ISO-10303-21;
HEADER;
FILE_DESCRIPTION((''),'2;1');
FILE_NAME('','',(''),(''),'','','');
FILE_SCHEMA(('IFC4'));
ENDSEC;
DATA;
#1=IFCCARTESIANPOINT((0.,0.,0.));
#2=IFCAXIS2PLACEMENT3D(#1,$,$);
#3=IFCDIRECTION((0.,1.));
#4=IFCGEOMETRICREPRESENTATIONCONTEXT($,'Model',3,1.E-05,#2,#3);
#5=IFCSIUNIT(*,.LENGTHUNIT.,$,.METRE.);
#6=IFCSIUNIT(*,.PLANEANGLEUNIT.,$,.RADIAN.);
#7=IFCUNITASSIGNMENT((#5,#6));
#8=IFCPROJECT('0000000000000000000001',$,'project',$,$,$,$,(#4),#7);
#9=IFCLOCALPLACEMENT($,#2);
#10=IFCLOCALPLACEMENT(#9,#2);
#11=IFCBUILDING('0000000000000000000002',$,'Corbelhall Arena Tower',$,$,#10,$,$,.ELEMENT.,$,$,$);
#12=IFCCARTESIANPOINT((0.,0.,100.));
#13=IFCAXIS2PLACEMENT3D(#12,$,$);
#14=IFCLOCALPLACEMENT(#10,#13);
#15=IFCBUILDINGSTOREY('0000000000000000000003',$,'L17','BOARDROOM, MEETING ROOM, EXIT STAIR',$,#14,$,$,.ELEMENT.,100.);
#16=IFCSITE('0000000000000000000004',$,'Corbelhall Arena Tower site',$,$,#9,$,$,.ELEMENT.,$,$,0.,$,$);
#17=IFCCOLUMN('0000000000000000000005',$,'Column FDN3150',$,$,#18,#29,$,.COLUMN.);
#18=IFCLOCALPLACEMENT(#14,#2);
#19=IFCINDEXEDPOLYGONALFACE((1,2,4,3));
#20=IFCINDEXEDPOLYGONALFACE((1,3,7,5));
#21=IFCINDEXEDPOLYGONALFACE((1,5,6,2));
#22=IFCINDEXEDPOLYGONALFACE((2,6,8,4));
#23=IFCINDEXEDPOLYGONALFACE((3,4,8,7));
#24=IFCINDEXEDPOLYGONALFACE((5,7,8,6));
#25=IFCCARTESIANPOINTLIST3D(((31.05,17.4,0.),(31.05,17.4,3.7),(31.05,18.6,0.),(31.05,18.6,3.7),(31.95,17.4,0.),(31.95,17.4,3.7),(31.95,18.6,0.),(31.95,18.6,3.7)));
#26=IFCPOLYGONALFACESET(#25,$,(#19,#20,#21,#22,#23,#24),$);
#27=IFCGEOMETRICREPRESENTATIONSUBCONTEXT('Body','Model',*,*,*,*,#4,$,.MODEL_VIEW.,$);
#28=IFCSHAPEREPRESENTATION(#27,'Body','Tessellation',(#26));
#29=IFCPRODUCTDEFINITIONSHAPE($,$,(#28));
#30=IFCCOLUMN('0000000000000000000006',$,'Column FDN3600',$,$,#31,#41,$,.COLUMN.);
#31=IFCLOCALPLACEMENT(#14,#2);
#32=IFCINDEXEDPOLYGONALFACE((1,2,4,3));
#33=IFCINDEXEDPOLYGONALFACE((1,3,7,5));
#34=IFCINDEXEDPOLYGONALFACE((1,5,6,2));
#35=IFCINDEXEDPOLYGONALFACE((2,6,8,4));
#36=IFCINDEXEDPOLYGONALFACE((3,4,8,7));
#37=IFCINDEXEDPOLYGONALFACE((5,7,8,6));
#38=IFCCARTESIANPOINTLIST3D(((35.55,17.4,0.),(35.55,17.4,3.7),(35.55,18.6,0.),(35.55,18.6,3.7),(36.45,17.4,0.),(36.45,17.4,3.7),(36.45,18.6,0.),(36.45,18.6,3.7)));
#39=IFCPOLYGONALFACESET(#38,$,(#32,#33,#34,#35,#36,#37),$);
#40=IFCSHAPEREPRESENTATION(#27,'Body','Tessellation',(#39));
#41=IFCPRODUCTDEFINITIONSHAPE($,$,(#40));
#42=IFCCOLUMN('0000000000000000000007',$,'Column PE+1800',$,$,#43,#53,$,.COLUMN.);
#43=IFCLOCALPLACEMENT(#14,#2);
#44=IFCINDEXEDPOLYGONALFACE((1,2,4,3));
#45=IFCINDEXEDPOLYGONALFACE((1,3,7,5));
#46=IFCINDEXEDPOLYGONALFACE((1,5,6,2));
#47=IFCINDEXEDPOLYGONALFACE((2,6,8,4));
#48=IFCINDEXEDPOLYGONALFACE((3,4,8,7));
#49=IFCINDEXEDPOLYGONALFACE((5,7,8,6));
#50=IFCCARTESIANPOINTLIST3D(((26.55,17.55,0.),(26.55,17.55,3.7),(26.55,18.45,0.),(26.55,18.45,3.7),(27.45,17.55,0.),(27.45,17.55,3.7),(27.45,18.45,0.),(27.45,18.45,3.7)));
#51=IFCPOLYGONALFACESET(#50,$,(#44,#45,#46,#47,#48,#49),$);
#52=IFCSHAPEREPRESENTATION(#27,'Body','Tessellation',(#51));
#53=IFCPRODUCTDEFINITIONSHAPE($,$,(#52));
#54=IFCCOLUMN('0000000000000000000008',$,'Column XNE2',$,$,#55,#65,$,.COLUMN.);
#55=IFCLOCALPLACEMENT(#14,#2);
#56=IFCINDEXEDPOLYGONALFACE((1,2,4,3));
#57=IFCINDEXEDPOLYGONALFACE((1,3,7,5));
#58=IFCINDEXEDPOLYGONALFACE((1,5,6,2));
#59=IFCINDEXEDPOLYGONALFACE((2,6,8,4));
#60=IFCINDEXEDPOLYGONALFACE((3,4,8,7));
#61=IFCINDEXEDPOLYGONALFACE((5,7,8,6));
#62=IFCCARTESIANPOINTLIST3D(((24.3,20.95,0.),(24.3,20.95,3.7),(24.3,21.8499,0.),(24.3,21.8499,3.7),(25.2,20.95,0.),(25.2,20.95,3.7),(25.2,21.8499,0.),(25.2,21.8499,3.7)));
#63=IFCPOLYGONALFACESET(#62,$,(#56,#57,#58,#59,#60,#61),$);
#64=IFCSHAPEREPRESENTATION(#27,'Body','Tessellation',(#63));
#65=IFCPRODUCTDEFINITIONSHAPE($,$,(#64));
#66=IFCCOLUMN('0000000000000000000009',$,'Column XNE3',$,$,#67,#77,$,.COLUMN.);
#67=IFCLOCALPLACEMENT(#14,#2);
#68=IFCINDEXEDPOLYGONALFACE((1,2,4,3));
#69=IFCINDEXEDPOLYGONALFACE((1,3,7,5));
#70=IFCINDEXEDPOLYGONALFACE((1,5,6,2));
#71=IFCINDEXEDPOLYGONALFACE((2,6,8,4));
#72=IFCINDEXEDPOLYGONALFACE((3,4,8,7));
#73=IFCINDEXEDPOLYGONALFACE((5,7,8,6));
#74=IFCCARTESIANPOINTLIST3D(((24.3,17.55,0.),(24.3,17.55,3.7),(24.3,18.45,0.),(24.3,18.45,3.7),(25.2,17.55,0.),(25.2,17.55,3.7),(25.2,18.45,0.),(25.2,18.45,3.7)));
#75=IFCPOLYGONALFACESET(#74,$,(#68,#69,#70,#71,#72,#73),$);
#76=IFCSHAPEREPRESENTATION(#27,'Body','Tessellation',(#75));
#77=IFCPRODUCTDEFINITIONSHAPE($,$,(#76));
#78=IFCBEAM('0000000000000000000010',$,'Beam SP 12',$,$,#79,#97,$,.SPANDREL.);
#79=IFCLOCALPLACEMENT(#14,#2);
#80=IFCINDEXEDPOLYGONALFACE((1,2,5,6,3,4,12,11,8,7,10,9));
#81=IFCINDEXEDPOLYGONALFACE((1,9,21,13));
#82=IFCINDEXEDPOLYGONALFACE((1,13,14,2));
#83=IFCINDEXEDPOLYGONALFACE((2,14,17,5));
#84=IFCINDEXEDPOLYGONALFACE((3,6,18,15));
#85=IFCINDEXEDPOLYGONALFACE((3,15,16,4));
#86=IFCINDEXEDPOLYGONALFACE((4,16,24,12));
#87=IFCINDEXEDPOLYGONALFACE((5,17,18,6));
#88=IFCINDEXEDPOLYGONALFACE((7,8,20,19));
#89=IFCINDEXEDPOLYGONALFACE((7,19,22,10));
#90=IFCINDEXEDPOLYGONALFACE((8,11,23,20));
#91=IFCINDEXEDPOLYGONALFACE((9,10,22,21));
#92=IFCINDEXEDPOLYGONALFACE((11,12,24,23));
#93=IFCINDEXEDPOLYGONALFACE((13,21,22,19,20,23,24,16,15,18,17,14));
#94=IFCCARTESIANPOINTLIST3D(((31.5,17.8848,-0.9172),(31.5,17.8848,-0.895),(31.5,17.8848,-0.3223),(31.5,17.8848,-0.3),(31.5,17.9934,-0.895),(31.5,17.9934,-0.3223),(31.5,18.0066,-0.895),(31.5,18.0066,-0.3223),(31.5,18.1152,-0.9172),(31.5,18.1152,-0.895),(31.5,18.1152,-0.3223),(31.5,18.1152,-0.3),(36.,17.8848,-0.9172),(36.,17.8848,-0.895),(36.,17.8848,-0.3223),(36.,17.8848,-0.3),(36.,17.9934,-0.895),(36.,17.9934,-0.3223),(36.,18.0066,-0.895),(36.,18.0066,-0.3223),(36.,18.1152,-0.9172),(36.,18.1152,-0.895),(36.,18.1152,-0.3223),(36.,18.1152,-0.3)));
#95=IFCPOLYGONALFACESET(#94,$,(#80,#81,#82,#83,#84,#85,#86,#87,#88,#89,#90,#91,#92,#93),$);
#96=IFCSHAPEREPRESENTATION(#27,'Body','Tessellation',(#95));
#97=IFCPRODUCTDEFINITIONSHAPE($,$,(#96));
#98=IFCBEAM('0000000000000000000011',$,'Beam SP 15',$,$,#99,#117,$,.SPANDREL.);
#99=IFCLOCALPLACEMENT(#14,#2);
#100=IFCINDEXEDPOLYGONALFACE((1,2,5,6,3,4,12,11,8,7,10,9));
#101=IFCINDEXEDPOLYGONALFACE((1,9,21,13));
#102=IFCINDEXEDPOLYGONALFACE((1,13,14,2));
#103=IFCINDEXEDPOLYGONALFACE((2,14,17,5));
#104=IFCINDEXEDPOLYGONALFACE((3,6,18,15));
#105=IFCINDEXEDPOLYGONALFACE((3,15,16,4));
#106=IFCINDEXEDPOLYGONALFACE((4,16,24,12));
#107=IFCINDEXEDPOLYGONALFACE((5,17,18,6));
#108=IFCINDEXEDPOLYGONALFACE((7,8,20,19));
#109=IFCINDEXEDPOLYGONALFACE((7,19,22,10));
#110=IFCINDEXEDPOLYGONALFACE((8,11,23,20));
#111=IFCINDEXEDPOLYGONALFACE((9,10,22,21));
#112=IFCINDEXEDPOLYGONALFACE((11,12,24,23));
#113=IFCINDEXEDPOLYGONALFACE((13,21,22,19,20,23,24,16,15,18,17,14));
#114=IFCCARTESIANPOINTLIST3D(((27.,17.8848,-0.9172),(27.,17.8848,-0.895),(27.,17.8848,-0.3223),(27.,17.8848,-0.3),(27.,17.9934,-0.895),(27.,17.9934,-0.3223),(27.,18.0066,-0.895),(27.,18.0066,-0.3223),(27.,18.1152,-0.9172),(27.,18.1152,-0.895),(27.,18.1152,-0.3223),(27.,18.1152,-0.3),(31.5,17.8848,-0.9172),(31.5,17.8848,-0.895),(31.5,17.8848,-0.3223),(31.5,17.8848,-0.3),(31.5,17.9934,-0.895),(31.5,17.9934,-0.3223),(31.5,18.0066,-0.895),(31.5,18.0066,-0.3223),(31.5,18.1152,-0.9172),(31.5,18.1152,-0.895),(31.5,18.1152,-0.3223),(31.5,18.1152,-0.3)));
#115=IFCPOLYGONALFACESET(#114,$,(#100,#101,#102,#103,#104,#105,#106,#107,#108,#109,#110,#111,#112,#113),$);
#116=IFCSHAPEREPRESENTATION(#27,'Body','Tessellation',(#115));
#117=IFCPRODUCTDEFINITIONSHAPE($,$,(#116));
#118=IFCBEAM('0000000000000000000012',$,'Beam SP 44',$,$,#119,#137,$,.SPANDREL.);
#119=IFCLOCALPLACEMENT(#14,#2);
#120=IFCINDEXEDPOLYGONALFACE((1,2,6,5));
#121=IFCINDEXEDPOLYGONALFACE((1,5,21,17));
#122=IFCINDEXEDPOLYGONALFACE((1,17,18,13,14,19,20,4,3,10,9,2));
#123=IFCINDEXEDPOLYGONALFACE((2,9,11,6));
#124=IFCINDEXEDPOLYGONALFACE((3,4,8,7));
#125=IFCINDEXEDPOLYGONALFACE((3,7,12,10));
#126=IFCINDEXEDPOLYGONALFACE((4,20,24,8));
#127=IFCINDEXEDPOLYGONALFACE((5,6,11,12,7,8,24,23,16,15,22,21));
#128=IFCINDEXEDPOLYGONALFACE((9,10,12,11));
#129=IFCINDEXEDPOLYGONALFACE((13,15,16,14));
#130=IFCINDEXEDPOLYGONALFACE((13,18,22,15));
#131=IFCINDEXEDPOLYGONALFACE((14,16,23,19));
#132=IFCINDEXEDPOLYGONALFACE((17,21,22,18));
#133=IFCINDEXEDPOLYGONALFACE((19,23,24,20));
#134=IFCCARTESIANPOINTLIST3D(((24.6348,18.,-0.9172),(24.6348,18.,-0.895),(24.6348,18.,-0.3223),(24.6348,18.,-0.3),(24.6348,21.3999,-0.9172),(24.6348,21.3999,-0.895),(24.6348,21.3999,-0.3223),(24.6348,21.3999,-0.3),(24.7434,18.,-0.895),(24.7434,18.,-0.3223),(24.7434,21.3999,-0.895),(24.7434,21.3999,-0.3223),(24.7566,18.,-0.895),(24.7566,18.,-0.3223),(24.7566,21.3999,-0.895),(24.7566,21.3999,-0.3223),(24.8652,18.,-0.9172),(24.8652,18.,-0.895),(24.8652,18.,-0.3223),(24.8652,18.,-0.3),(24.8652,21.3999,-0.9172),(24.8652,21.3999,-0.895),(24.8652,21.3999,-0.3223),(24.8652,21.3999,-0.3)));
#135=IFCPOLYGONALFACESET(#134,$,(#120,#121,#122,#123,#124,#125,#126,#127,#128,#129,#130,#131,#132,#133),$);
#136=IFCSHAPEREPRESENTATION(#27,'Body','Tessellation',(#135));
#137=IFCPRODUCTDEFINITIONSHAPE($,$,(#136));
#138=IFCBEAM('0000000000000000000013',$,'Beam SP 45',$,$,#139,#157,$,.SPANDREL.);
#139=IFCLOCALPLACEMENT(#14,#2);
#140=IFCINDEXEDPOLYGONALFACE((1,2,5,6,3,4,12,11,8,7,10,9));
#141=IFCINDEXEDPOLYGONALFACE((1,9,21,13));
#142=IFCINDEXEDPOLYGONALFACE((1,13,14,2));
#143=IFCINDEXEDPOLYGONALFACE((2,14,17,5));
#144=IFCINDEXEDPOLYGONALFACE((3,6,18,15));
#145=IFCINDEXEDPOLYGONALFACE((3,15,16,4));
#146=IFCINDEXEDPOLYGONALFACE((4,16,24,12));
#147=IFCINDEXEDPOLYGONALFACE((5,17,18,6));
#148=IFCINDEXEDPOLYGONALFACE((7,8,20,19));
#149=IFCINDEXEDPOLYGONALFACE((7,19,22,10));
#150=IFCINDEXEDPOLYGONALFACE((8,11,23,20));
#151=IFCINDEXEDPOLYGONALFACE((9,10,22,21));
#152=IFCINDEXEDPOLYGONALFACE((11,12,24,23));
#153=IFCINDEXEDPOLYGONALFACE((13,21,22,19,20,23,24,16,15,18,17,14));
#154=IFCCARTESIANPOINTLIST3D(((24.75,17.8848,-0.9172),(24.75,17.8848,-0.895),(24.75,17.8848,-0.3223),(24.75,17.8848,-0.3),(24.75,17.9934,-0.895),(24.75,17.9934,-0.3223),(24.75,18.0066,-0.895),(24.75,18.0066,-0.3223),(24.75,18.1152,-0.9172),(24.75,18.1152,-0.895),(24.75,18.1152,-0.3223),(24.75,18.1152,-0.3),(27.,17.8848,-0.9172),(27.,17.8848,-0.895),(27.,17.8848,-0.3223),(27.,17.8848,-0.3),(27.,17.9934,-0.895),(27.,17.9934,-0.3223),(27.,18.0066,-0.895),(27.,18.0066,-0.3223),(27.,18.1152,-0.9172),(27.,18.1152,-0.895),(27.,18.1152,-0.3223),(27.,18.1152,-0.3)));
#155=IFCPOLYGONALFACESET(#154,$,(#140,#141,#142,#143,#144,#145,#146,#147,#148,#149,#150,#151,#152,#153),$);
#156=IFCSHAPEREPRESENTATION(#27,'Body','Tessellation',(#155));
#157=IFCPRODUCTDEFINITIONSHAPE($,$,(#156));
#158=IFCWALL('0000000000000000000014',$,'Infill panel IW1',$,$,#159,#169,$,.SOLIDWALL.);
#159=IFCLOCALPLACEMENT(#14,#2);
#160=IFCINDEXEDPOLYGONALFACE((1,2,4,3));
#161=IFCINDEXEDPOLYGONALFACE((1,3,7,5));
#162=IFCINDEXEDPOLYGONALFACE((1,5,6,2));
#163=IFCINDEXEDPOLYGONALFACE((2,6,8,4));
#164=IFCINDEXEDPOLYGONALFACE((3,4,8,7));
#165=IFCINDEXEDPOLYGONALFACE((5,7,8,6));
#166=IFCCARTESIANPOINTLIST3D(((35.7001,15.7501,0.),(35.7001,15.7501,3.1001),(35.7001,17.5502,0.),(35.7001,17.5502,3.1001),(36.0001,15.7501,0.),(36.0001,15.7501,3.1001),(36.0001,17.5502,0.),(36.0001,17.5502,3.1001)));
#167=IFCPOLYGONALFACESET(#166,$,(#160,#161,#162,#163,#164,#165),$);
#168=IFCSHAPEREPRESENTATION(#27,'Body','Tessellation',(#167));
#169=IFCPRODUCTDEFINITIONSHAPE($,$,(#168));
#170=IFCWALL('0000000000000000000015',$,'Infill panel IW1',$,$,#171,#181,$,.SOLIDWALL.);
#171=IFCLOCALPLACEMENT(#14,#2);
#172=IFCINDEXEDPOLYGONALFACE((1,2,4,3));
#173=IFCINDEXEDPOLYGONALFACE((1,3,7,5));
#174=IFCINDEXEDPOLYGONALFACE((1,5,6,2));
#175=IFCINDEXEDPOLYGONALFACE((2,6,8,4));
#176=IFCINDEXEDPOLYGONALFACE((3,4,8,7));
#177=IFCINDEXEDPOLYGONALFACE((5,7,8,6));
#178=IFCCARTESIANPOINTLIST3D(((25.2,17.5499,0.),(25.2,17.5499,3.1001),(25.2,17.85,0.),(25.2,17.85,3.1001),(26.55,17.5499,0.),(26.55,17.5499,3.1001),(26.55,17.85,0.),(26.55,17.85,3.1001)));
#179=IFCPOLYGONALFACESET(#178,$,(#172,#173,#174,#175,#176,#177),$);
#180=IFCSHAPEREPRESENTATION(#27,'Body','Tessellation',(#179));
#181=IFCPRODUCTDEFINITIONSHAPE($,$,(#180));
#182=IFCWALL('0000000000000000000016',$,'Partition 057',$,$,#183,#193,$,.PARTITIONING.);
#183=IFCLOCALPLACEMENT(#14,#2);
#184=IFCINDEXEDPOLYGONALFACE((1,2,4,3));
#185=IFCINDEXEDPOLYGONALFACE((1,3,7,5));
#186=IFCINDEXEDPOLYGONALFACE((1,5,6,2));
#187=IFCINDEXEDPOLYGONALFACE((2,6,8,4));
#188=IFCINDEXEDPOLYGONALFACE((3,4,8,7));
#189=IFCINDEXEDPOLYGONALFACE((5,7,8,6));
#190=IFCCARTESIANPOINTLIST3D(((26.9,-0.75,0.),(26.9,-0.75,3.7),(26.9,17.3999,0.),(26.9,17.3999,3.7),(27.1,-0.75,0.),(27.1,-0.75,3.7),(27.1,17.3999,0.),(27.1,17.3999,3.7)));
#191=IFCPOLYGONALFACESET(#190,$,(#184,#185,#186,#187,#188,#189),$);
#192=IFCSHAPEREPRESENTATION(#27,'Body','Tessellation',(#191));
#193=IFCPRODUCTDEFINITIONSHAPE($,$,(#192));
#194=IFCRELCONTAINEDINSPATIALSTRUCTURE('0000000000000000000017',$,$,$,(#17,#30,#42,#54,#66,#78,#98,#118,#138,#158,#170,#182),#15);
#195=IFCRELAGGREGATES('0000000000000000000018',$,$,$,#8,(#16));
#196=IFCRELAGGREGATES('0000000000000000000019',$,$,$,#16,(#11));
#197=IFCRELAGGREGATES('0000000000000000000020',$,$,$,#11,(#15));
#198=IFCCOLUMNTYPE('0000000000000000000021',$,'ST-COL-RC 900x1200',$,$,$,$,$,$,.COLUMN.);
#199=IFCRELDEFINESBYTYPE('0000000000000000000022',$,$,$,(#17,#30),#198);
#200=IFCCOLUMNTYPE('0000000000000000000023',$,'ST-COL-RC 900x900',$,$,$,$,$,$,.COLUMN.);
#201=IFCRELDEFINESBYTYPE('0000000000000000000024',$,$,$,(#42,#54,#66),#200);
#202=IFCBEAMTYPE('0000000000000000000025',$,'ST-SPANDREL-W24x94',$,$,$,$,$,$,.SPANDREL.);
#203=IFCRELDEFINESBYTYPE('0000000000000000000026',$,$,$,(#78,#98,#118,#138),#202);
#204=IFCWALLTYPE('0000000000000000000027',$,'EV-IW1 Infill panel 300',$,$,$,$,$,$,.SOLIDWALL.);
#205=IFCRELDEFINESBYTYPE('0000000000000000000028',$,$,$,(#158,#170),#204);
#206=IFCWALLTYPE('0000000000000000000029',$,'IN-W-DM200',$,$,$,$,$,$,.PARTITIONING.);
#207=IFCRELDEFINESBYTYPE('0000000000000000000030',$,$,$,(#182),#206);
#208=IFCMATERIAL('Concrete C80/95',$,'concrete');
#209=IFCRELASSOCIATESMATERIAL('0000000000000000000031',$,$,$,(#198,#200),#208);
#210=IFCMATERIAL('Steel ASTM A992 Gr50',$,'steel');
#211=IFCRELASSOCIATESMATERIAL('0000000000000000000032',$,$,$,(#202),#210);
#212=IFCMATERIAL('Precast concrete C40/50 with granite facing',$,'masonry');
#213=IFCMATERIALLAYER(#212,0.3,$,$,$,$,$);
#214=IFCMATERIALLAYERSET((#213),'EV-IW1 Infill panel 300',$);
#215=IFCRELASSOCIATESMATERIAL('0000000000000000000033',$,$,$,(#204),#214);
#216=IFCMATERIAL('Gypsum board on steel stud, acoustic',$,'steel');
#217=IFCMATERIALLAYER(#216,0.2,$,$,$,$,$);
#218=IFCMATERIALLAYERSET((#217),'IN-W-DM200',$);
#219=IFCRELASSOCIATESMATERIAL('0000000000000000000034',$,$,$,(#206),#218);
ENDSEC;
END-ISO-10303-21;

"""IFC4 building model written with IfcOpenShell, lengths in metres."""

from ifc_helpers import new_model, si_unit, direction, frame, frame_2d, origin, origin_2d, place, context, subcontext, project, spatial, rectangle, i_section, extrude, material, layer, layer_set, material_profile, profile_set, type_object, element, save


model = new_model("IFC4")

# Units and contexts
model_context = context("Model", 3, precision=1e-05, world=origin(), true_north=direction((0.0, 1.0)))
body_context = subcontext(model_context, "Body", "Model", "MODEL_VIEW")
ifc_project = project(units=[si_unit("LENGTHUNIT", "METRE"), si_unit("PLANEANGLEUNIT", "RADIAN")], contexts=[model_context])

# Site, building, storey
site_placement = place(None, origin())
site = spatial("IfcSite", under=ifc_project, at=site_placement, Name="Corbelhall Arena Tower site", CompositionType="ELEMENT", RefElevation=0.0)
building_placement = place(site_placement, origin())
building = spatial("IfcBuilding", under=site, at=building_placement, Name="Corbelhall Arena Tower", CompositionType="ELEMENT")
storey_placement = place(building_placement, frame((0.0, 0.0, 100.0)))
storey = spatial("IfcBuildingStorey", under=building, at=storey_placement, Name="L17", Description="BOARDROOM, MEETING ROOM, EXIT STAIR", CompositionType="ELEMENT", Elevation=100.0)

# Columns
ifc_material_1 = material(Name="Concrete C80/95", Category="concrete")
ifc_material_profile_1 = material_profile(ifc_material_1, rectangle(XDim=0.8999, YDim=1.2, at=origin_2d()))
ifc_profile_set_1 = profile_set([ifc_material_profile_1], Name="Concrete C80/95")
column_type_1 = type_object("IfcColumnType", Name="ST-COL-RC 900x1200", PredefinedType="COLUMN", material=ifc_profile_set_1)
for number, where, z_axis, x_axis, name in (
    (1, (31.5, 18.0, 0.0), (0.0, 0.0, 1.0), (1.0, 0.0, 0.0), "Column FDN3150"),
    (2, (36.0, 18.0, 0.0), (0.0, 0.0, 1.0), (1.0, 0.0, 0.0), "Column FDN3600"),
):
    element("IfcColumn", number, at=place(storey_placement, frame(where, z_axis=z_axis, x_axis=x_axis)), inside=storey, type_object=column_type_1, Name=name, PredefinedType="COLUMN", context=body_context, shape_type="SweptSolid", body=[
        extrude(rectangle(XDim=0.8999, YDim=1.2, at=origin_2d()), origin(), (0.0, 0.0, 1.0), 3.7),
    ])
ifc_material_profile_2 = material_profile(ifc_material_1, rectangle(XDim=0.8999, YDim=0.8999, at=origin_2d()))
ifc_profile_set_2 = profile_set([ifc_material_profile_2], Name="Concrete C80/95")
column_type_2 = type_object("IfcColumnType", Name="ST-COL-RC 900x900", PredefinedType="COLUMN", material=ifc_profile_set_2)
for number, where, z_axis, x_axis, name in (
    (3, (27.0, 18.0, 0.0), (0.0, 0.0, 1.0), (1.0, 0.0, 0.0), "Column PE+1800"),
    (4, (24.75, 21.3999, 0.0), (0.0, 0.0, 1.0), (1.0, 0.0, 0.0), "Column XNE2"),
    (5, (24.75, 18.0, 0.0), (0.0, 0.0, 1.0), (1.0, 0.0, 0.0), "Column XNE3"),
):
    element("IfcColumn", number, at=place(storey_placement, frame(where, z_axis=z_axis, x_axis=x_axis)), inside=storey, type_object=column_type_2, Name=name, PredefinedType="COLUMN", context=body_context, shape_type="SweptSolid", body=[
        extrude(rectangle(XDim=0.8999, YDim=0.8999, at=origin_2d()), origin(), (0.0, 0.0, 1.0), 3.7),
    ])

# Beams
ifc_material_2 = material(Name="Steel ASTM A992 Gr50", Category="steel")
ifc_material_profile_3 = material_profile(ifc_material_2, i_section(OverallWidth=0.2305, OverallDepth=0.6172, WebThickness=0.0132, FlangeThickness=0.0222, at=origin_2d()))
ifc_profile_set_3 = profile_set([ifc_material_profile_3], Name="Steel ASTM A992 Gr50")
beam_type = type_object("IfcBeamType", Name="ST-SPANDREL-W24x94", PredefinedType="SPANDREL", material=ifc_profile_set_3)
for number, where, z_axis, x_axis, name in (
    (6, (31.5, 18.0, -0.6086), (1.0, 0.0, 0.0), (0.0, 1.0, 0.0), "Beam SP 12"),
    (7, (27.0, 18.0, -0.6086), (1.0, 0.0, 0.0), (0.0, 1.0, 0.0), "Beam SP 15"),
):
    element("IfcBeam", number, at=place(storey_placement, frame(where, z_axis=z_axis, x_axis=x_axis)), inside=storey, type_object=beam_type, Name=name, PredefinedType="SPANDREL", context=body_context, shape_type="SweptSolid", body=[
        extrude(i_section(OverallWidth=0.2305, OverallDepth=0.6172, WebThickness=0.0132, FlangeThickness=0.0222, at=origin_2d()), origin(), (0.0, 0.0, 1.0), 4.5),
    ])
beam_1_placement = place(storey_placement, frame((24.75, 21.3999, -0.6086), z_axis=(0.0, -1.0, 0.0), x_axis=(1.0, 0.0, 0.0)))
element("IfcBeam", 8, at=beam_1_placement, inside=storey, type_object=beam_type, Name="Beam SP 44", PredefinedType="SPANDREL", context=body_context, shape_type="SweptSolid", body=[
    extrude(i_section(OverallWidth=0.2305, OverallDepth=0.6172, WebThickness=0.0132, FlangeThickness=0.0222, at=origin_2d()), origin(), (0.0, 0.0, 1.0), 3.3999),
])
beam_2_placement = place(storey_placement, frame((24.75, 18.0, -0.6086), z_axis=(1.0, 0.0, 0.0), x_axis=(0.0, 1.0, 0.0)))
element("IfcBeam", 9, at=beam_2_placement, inside=storey, type_object=beam_type, Name="Beam SP 45", PredefinedType="SPANDREL", context=body_context, shape_type="SweptSolid", body=[
    extrude(i_section(OverallWidth=0.2305, OverallDepth=0.6172, WebThickness=0.0132, FlangeThickness=0.0222, at=origin_2d()), origin(), (0.0, 0.0, 1.0), 2.25),
])

# Wall
ifc_material_3 = material(Name="Precast concrete C40/50 with granite facing", Category="masonry")
ifc_layer_1 = layer(ifc_material_3, 0.3)
ifc_layer_set_1 = layer_set([ifc_layer_1], Name="EV-IW1 Infill panel 300")
wall_type_1 = type_object("IfcWallType", Name="EV-IW1 Infill panel 300", PredefinedType="SOLIDWALL", material=ifc_layer_set_1)
wall_1_placement = place(storey_placement, frame((35.8501, 17.55, 0.0), z_axis=(0.0, 0.0, 1.0), x_axis=(0.0, -1.0, 0.0)))
element("IfcWall", 10, at=wall_1_placement, inside=storey, type_object=wall_type_1, Name="Infill panel IW1", PredefinedType="SOLIDWALL", context=body_context, shape_type="SweptSolid", body=[
    extrude(rectangle(XDim=1.8, YDim=0.3, at=frame_2d((0.8999, 0.0))), origin(), (0.0, 0.0, 1.0), 3.1001),
])

# Walls
wall_2_placement = place(storey_placement, frame((26.55, 17.7, 0.0), z_axis=(0.0, 0.0, 1.0), x_axis=(-1.0, 0.0, 0.0)))
element("IfcWall", 11, at=wall_2_placement, inside=storey, type_object=wall_type_1, Name="Infill panel IW1", PredefinedType="SOLIDWALL", context=body_context, shape_type="SweptSolid", body=[
    extrude(rectangle(XDim=1.3501, YDim=0.3, at=frame_2d((0.675, 0.0))), origin(), (0.0, 0.0, 1.0), 3.1001),
])
ifc_material_4 = material(Name="Gypsum board on steel stud, acoustic", Category="steel")
ifc_layer_2 = layer(ifc_material_4, 0.2)
ifc_layer_set_2 = layer_set([ifc_layer_2], Name="IN-W-DM200")
wall_type_2 = type_object("IfcWallType", Name="IN-W-DM200", PredefinedType="PARTITIONING", material=ifc_layer_set_2)
wall_3_placement = place(storey_placement, frame((27.0, 17.3999, 0.0), z_axis=(0.0, 0.0, 1.0), x_axis=(0.0, -1.0, 0.0)))
element("IfcWall", 12, at=wall_3_placement, inside=storey, type_object=wall_type_2, Name="Partition 057", PredefinedType="PARTITIONING", context=body_context, shape_type="SweptSolid", body=[
    extrude(rectangle(XDim=18.1499, YDim=0.2, at=frame_2d((9.075, 0.0))), origin(), (0.0, 0.0, 1.0), 3.7),
])

save(model, "model.ifc")
